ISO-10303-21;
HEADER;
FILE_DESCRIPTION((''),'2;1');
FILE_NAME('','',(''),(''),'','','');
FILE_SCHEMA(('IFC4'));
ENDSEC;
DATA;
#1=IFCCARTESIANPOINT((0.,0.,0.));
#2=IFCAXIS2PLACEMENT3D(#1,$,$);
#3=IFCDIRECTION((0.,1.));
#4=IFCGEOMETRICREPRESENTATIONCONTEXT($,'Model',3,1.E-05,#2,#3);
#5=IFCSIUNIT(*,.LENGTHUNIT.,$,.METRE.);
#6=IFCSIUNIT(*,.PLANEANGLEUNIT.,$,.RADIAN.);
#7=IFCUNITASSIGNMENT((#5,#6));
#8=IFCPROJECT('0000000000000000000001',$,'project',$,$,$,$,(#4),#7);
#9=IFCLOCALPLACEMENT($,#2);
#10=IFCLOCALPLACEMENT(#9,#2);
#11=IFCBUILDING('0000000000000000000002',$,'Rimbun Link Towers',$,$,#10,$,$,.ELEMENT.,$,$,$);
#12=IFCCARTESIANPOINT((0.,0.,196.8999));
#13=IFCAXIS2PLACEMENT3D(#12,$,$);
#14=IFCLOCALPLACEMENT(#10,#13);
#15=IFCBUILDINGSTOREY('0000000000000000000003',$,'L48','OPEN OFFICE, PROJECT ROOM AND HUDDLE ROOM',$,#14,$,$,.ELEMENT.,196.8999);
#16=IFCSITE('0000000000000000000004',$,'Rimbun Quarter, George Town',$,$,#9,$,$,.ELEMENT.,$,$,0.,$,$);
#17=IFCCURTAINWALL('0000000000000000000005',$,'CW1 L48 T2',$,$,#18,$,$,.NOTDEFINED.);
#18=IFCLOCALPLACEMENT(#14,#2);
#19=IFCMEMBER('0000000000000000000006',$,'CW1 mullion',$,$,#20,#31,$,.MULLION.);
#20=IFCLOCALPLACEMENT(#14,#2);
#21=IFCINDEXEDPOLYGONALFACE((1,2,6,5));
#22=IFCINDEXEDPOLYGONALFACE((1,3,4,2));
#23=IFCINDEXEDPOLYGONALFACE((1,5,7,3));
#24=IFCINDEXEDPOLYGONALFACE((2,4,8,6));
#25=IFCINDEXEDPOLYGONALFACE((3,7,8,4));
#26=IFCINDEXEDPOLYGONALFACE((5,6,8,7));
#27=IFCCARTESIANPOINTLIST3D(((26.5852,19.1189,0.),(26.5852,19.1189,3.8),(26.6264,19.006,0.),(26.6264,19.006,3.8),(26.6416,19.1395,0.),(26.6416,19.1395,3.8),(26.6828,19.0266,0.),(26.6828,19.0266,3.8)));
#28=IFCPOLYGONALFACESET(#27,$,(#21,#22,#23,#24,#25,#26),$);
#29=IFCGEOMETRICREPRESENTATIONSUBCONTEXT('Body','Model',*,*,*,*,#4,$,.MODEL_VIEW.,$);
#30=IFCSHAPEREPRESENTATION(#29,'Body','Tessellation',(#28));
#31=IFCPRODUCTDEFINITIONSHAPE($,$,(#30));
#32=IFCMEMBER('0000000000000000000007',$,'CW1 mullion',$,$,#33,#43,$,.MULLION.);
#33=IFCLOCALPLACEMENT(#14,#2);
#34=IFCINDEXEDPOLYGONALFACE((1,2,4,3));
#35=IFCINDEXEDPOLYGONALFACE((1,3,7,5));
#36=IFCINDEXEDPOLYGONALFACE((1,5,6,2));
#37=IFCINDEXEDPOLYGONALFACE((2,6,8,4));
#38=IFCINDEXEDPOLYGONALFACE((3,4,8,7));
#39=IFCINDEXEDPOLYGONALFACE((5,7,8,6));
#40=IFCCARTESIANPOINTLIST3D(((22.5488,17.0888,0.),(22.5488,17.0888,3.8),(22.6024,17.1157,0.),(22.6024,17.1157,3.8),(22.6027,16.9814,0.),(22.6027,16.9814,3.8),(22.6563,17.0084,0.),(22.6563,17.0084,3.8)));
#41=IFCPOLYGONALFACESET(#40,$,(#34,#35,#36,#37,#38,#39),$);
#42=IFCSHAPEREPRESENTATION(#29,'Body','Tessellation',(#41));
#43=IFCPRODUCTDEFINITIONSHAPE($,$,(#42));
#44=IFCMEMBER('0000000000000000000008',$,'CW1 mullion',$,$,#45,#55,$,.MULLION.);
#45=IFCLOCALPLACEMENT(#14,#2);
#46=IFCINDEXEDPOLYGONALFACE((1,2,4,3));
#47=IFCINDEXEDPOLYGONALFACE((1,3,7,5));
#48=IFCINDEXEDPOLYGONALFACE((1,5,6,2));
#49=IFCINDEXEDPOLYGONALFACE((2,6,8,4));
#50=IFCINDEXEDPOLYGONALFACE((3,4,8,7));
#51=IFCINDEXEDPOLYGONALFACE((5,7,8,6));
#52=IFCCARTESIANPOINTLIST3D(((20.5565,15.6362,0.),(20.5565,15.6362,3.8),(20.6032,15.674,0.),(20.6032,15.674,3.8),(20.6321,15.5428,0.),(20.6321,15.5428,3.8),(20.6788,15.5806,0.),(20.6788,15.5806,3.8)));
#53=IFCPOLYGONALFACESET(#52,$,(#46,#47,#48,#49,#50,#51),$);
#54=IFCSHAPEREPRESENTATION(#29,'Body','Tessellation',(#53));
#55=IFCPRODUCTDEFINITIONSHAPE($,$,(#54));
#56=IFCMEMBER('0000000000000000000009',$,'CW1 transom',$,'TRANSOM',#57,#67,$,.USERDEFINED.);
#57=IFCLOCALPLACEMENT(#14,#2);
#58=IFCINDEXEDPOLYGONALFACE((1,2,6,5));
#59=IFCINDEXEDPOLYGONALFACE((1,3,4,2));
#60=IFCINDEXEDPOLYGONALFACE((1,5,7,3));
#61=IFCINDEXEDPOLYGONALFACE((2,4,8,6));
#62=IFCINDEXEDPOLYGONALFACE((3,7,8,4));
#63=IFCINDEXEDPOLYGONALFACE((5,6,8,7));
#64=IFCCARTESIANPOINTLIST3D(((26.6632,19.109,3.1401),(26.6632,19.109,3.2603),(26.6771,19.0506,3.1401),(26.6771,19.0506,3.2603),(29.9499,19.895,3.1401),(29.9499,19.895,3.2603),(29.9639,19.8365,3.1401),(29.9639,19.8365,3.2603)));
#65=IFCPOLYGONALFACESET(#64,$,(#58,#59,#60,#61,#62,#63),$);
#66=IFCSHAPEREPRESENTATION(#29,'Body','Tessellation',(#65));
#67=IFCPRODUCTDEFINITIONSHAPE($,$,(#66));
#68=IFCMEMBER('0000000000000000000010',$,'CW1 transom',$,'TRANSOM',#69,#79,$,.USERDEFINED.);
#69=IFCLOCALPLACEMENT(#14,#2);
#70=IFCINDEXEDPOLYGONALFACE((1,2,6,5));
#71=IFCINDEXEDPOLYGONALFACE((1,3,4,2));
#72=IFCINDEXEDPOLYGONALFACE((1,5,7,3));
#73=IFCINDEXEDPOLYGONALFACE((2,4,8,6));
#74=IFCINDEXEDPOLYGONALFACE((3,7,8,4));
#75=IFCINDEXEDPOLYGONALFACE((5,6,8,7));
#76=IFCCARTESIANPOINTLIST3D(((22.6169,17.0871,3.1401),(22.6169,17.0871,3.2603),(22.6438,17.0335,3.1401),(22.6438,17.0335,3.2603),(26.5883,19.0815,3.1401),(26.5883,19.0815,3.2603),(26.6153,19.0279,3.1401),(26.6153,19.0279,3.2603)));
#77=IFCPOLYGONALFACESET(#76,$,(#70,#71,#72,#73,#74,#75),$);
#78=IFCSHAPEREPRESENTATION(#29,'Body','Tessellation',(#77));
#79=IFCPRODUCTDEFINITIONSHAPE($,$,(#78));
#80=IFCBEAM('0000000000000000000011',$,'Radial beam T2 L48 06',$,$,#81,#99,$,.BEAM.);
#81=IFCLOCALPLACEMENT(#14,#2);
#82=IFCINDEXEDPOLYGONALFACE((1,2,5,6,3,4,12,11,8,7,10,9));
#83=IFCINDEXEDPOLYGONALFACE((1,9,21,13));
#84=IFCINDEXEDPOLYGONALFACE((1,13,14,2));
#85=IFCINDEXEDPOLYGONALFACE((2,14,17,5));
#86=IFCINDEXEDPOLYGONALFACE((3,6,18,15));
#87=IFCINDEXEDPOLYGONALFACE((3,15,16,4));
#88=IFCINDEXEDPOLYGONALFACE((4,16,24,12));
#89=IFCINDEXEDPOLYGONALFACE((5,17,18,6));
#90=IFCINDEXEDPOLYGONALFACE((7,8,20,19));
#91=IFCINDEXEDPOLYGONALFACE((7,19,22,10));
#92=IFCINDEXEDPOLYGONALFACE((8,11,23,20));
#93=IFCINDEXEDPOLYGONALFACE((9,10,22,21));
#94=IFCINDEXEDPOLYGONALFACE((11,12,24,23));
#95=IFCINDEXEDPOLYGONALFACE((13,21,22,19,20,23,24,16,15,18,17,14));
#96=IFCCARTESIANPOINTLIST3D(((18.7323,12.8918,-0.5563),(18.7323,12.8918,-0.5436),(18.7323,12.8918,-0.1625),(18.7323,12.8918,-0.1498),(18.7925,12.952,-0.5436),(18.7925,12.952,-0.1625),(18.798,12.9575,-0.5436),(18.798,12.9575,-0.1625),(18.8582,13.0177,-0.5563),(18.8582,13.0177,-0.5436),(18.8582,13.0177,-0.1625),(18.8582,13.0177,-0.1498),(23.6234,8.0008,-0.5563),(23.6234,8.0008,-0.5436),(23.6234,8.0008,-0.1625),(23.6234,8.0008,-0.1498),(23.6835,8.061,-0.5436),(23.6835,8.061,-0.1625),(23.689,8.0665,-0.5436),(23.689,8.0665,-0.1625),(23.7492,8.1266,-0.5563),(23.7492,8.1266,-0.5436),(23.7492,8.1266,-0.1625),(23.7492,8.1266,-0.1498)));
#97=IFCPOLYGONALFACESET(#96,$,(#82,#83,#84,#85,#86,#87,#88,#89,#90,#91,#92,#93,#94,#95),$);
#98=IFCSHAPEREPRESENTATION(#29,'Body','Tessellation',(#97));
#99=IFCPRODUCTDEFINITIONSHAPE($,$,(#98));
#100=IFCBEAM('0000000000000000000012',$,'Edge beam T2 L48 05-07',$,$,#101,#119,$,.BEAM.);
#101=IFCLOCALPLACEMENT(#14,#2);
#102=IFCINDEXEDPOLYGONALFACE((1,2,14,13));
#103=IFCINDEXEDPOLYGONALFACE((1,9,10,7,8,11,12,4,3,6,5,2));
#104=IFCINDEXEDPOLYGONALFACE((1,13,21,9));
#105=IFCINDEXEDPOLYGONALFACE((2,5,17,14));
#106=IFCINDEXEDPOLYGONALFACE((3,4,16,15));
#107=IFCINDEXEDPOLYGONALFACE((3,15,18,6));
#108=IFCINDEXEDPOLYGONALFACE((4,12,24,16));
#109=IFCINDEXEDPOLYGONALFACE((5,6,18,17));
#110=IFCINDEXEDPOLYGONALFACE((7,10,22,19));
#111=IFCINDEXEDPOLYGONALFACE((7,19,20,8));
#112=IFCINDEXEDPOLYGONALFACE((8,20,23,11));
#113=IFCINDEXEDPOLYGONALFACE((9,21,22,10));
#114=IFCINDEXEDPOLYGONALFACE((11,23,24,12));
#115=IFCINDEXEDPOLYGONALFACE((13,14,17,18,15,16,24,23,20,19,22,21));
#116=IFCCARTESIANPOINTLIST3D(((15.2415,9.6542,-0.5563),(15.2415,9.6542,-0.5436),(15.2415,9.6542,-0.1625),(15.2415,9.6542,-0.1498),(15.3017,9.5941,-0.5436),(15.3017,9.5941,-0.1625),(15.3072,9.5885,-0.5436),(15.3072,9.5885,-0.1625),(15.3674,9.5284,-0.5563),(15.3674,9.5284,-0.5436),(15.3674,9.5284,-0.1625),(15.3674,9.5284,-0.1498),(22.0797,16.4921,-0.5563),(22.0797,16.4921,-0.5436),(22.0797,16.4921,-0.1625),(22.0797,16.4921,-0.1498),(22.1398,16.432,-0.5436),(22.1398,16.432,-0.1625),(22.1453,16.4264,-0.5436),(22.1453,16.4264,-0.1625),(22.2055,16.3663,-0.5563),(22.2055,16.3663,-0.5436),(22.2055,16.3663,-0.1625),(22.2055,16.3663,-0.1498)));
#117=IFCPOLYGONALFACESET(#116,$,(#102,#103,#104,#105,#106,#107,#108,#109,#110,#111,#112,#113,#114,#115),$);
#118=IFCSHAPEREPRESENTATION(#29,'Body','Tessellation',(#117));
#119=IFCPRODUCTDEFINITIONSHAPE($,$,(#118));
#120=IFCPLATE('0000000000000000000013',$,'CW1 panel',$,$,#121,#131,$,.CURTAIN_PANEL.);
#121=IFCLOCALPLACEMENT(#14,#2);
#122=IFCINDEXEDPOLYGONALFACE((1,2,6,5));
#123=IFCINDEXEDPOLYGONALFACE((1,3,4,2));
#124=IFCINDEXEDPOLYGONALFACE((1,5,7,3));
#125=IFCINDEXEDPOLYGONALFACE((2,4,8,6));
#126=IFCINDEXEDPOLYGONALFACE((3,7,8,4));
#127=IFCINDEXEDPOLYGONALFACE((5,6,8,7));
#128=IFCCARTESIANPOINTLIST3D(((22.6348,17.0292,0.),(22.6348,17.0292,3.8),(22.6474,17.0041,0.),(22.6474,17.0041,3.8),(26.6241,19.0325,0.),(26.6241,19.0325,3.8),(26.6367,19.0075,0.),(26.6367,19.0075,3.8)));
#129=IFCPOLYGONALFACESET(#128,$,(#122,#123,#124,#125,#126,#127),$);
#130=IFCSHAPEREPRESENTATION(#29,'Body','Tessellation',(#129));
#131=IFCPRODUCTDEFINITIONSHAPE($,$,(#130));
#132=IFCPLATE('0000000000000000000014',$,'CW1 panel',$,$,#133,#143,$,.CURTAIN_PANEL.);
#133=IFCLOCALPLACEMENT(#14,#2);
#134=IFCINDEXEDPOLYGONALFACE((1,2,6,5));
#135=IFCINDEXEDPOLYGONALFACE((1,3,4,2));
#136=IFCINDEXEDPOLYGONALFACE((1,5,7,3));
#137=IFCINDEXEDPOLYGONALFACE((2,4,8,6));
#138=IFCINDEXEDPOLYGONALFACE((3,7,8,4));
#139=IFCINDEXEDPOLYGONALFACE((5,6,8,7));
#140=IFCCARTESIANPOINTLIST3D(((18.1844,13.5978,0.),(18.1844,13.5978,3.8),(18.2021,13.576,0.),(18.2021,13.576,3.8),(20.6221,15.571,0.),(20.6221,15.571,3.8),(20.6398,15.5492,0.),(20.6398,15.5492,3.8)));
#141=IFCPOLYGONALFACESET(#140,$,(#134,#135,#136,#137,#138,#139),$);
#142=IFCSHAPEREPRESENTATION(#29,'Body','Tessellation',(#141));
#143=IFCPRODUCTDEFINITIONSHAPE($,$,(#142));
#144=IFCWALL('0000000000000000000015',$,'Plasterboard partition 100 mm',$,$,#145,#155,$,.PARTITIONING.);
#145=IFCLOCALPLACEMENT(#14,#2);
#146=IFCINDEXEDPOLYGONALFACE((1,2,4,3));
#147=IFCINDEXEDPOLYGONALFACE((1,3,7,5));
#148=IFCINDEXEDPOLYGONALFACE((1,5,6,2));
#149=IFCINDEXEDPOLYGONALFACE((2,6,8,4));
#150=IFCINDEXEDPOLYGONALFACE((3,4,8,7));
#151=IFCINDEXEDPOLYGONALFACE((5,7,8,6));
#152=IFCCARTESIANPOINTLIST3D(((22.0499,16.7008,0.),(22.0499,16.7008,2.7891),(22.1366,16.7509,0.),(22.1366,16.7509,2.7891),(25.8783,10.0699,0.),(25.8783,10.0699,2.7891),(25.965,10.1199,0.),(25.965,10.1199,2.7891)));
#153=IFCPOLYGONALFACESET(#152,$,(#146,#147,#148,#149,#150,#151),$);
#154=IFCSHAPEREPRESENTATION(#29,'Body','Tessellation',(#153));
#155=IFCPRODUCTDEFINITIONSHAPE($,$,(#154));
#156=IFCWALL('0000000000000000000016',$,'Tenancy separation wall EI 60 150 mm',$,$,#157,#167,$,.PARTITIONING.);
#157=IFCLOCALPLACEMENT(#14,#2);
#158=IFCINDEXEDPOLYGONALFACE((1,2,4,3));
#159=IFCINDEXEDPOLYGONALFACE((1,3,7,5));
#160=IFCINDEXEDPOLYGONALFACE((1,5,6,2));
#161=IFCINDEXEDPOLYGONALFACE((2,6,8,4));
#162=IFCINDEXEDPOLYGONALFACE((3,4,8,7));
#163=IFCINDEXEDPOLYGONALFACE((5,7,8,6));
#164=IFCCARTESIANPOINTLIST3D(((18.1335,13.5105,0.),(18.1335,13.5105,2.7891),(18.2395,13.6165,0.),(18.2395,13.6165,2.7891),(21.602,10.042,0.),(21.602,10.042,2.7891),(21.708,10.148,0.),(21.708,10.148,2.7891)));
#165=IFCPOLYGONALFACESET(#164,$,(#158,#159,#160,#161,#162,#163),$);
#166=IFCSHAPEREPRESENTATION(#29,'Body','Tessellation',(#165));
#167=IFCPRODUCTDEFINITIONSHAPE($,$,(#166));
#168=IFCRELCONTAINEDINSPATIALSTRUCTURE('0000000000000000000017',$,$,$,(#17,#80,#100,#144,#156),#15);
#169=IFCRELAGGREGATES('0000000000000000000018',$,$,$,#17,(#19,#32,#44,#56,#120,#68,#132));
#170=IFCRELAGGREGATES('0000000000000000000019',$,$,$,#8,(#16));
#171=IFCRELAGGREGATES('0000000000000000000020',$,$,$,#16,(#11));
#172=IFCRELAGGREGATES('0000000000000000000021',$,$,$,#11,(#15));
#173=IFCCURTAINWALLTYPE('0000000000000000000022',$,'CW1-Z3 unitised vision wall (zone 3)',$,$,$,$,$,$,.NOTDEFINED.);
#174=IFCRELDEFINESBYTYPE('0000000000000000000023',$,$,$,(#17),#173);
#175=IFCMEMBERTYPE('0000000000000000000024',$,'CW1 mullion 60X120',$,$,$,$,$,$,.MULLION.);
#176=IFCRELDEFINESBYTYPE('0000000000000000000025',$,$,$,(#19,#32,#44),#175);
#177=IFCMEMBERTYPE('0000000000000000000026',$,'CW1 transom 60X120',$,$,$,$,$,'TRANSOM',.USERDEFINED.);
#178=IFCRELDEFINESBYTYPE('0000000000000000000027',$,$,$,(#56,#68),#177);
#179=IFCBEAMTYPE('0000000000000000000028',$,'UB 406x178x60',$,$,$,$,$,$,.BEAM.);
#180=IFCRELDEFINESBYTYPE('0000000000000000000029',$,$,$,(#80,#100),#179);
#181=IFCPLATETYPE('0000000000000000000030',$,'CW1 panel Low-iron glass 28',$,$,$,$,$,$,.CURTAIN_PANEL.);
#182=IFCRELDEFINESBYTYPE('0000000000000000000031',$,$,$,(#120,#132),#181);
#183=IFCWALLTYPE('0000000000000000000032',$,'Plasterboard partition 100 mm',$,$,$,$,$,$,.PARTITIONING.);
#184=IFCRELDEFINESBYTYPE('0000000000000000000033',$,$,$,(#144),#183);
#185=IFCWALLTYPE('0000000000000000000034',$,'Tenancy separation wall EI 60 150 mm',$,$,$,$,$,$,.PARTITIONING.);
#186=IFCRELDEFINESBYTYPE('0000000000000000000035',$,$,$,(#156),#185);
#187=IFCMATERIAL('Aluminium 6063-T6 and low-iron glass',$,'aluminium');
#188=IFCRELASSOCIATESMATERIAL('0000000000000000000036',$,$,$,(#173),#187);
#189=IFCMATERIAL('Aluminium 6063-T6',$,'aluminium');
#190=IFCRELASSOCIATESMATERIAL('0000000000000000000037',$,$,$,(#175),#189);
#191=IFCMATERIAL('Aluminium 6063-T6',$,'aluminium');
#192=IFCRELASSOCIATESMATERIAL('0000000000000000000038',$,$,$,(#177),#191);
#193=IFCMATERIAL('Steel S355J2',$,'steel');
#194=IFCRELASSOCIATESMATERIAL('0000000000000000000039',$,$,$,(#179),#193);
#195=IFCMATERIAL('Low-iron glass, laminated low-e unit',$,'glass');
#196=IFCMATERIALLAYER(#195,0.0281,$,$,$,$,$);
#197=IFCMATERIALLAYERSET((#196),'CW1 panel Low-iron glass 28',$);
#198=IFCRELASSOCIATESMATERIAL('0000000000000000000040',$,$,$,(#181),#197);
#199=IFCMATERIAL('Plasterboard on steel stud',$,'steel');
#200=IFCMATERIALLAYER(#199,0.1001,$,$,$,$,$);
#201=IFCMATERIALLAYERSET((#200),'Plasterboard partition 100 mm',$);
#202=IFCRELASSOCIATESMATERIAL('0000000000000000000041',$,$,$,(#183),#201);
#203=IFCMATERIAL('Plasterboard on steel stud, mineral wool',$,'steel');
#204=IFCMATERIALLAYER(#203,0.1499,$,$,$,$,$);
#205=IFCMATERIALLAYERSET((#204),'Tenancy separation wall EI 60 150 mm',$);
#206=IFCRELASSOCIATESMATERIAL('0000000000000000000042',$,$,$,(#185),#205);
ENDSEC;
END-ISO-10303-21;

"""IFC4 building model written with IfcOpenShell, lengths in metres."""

from ifc_helpers import new_model, si_unit, direction, frame, frame_2d, origin, origin_2d, place, context, subcontext, project, spatial, rectangle, i_section, extrude, material, layer, layer_set, material_profile, profile_set, type_object, element, aggregate, save


model = new_model("IFC4")

# Units and contexts
model_context = context("Model", 3, precision=1e-05, world=origin(), true_north=direction((0.0, 1.0)))
body_context = subcontext(model_context, "Body", "Model", "MODEL_VIEW")
ifc_project = project(units=[si_unit("LENGTHUNIT", "METRE"), si_unit("PLANEANGLEUNIT", "RADIAN")], contexts=[model_context])

# Site, building, storey
site_placement = place(None, origin())
site = spatial("IfcSite", under=ifc_project, at=site_placement, Name="Rimbun Quarter, George Town", CompositionType="ELEMENT", RefElevation=0.0)
building_placement = place(site_placement, origin())
building = spatial("IfcBuilding", under=site, at=building_placement, Name="Rimbun Link Towers", CompositionType="ELEMENT")
storey_placement = place(building_placement, frame((0.0, 0.0, 196.8999)))
storey = spatial("IfcBuildingStorey", under=building, at=storey_placement, Name="L48", Description="OPEN OFFICE, PROJECT ROOM AND HUDDLE ROOM", CompositionType="ELEMENT", Elevation=196.8999)

# Curtain wall, members
ifc_material_1 = material(Name="Aluminium 6063-T6 and low-iron glass", Category="aluminium")
curtain_wall_type = type_object("IfcCurtainWallType", Name="CW1-Z3 unitised vision wall (zone 3)", PredefinedType="NOTDEFINED", material=ifc_material_1)
curtain_wall_placement = place(storey_placement, origin())
curtain_wall = element("IfcCurtainWall", 1, at=curtain_wall_placement, inside=storey, type_object=curtain_wall_type, Name="CW1 L48 T2", PredefinedType="NOTDEFINED")
ifc_material_2 = material(Name="Aluminium 6063-T6", Category="aluminium")
ifc_material_profile_1 = material_profile(ifc_material_2, rectangle(XDim=0.1201, YDim=0.0601, at=origin_2d()), Name="MULLION 60X120")
ifc_profile_set_1 = profile_set([ifc_material_profile_1], Name="Aluminium 6063-T6")
member_type_1 = type_object("IfcMemberType", Name="CW1 mullion 60X120", PredefinedType="MULLION", material=ifc_profile_set_1)
member_1_placement = place(storey_placement, frame((26.634, 19.0728, 0.0), z_axis=(0.0, 0.0, 1.0), x_axis=(-0.342972, 0.939346, 0.0)))
member_1 = element("IfcMember", 2, at=member_1_placement, type_object=member_type_1, Name="CW1 mullion", PredefinedType="MULLION", context=body_context, shape_type="SweptSolid", body=[
    extrude(rectangle(XDim=0.1201, YDim=0.0601, at=origin_2d()), origin(), (0.0, 0.0, 1.0), 3.8),
])
member_2_placement = place(storey_placement, frame((22.6025, 17.0486, 0.0), z_axis=(0.0, 0.0, 1.0), x_axis=(-0.448772, 0.893646, 0.0)))
member_2 = element("IfcMember", 3, at=member_2_placement, type_object=member_type_1, Name="CW1 mullion", PredefinedType="MULLION", context=body_context, shape_type="SweptSolid", body=[
    extrude(rectangle(XDim=0.1201, YDim=0.0601, at=origin_2d()), origin(), (0.0, 0.0, 1.0), 3.8),
])
member_3_placement = place(storey_placement, frame((20.6177, 15.6084, 0.0), z_axis=(0.0, 0.0, 1.0), x_axis=(-0.629156, 0.777279, 0.0)))
member_3 = element("IfcMember", 4, at=member_3_placement, type_object=member_type_1, Name="CW1 mullion", PredefinedType="MULLION", context=body_context, shape_type="SweptSolid", body=[
    extrude(rectangle(XDim=0.1201, YDim=0.0601, at=origin_2d()), origin(), (0.0, 0.0, 1.0), 3.8),
])
ifc_material_3 = material(Name="Aluminium 6063-T6", Category="aluminium")
ifc_material_profile_2 = material_profile(ifc_material_3, rectangle(XDim=0.0601, YDim=0.1201, at=origin_2d()), Name="TRANSOM 60X120")
ifc_profile_set_2 = profile_set([ifc_material_profile_2], Name="Aluminium 6063-T6")
member_type_2 = type_object("IfcMemberType", Name="CW1 transom 60X120", ElementType="TRANSOM", PredefinedType="USERDEFINED", material=ifc_profile_set_2)
member_4_placement = place(storey_placement, frame((26.6702, 19.0798, 3.2002), z_axis=(0.972582, 0.232561, 0.0), x_axis=(-0.232561, 0.972582, 0.0)))
member_4 = element("IfcMember", 5, at=member_4_placement, type_object=member_type_2, Name="CW1 transom", ObjectType="TRANSOM", PredefinedType="USERDEFINED", context=body_context, shape_type="SweptSolid", body=[
    extrude(rectangle(XDim=0.0601, YDim=0.1201, at=origin_2d()), origin(), (0.0, 0.0, 1.0), 3.3794),
])
member_5_placement = place(storey_placement, frame((22.6304, 17.0603, 3.2002), z_axis=(0.893646, 0.448773, 0.0), x_axis=(-0.448773, 0.893646, 0.0)))
member_5 = element("IfcMember", 6, at=member_5_placement, type_object=member_type_2, Name="CW1 transom", ObjectType="TRANSOM", PredefinedType="USERDEFINED", context=body_context, shape_type="SweptSolid", body=[
    extrude(rectangle(XDim=0.0601, YDim=0.1201, at=origin_2d()), origin(), (0.0, 0.0, 1.0), 4.4441),
])

# Beams
ifc_material_4 = material(Name="Steel S355J2", Category="steel")
ifc_material_profile_3 = material_profile(ifc_material_4, i_section(OverallWidth=0.178, OverallDepth=0.4065, WebThickness=0.0078, FlangeThickness=0.0127, at=origin_2d()), Name="UB 406x178x60")
ifc_profile_set_3 = profile_set([ifc_material_profile_3], Name="Steel S355J2")
beam_type = type_object("IfcBeamType", Name="UB 406x178x60", PredefinedType="BEAM", material=ifc_profile_set_3)
beam_1_placement = place(storey_placement, frame((23.6863, 8.0637, -0.353), z_axis=(-0.707107, 0.707107, 0.0), x_axis=(-0.707107, -0.707107, 0.0)))
element("IfcBeam", 7, at=beam_1_placement, inside=storey, type_object=beam_type, Name="Radial beam T2 L48 06", PredefinedType="BEAM", context=body_context, shape_type="SweptSolid", body=[
    extrude(i_section(OverallWidth=0.178, OverallDepth=0.4065, WebThickness=0.0078, FlangeThickness=0.0127, at=origin_2d()), origin(), (0.0, 0.0, 1.0), 6.917),
])
beam_2_placement = place(storey_placement, frame((22.1426, 16.4292, -0.353), z_axis=(-0.707119, -0.707094, 0.0), x_axis=(0.707094, -0.707119, 0.0)))
element("IfcBeam", 8, at=beam_2_placement, inside=storey, type_object=beam_type, Name="Edge beam T2 L48 05-07", PredefinedType="BEAM", context=body_context, shape_type="SweptSolid", body=[
    extrude(i_section(OverallWidth=0.178, OverallDepth=0.4065, WebThickness=0.0078, FlangeThickness=0.0127, at=origin_2d()), origin(), (0.0, 0.0, 1.0), 9.6704),
])

# Plates
ifc_material_5 = material(Name="Low-iron glass, laminated low-e unit", Category="glass")
ifc_layer_1 = layer(ifc_material_5, 0.0281)
ifc_layer_set_1 = layer_set([ifc_layer_1], Name="CW1 panel Low-iron glass 28")
plate_type = type_object("IfcPlateType", Name="CW1 panel Low-iron glass 28", PredefinedType="CURTAIN_PANEL", material=ifc_layer_set_1)
plate_1_placement = place(storey_placement, frame((24.6357, 18.0183, 0.0), z_axis=(0.0, 0.0, 1.0), x_axis=(0.893646, 0.448772, 0.0)))
plate_1 = element("IfcPlate", 9, at=plate_1_placement, type_object=plate_type, Name="CW1 panel", PredefinedType="CURTAIN_PANEL", context=body_context, shape_type="SweptSolid", body=[
    extrude(rectangle(XDim=4.4641, YDim=0.0281, at=origin_2d()), origin(), (0.0, 0.0, 1.0), 3.8),
])
plate_2_placement = place(storey_placement, frame((19.4121, 14.5735, 0.0), z_axis=(0.0, 0.0, 1.0), x_axis=(0.777279, 0.629156, 0.0)))
plate_2 = element("IfcPlate", 10, at=plate_2_placement, type_object=plate_type, Name="CW1 panel", PredefinedType="CURTAIN_PANEL", context=body_context, shape_type="SweptSolid", body=[
    extrude(rectangle(XDim=3.1362, YDim=0.0281, at=origin_2d()), origin(), (0.0, 0.0, 1.0), 3.8),
])
aggregate(curtain_wall, [member_1, member_2, member_3, member_4, plate_1, member_5, plate_2])

# Walls
ifc_material_6 = material(Name="Plasterboard on steel stud", Category="steel")
ifc_layer_2 = layer(ifc_material_6, 0.1001)
ifc_layer_set_2 = layer_set([ifc_layer_2], Name="Plasterboard partition 100 mm")
wall_type_1 = type_object("IfcWallType", Name="Plasterboard partition 100 mm", PredefinedType="PARTITIONING", material=ifc_layer_set_2)
wall_1_placement = place(storey_placement, frame((22.0933, 16.7258, 0.0), z_axis=(0.0, 0.0, 1.0), x_axis=(0.500004, -0.866023, 0.0)))
element("IfcWall", 11, at=wall_1_placement, inside=storey, type_object=wall_type_1, Name="Plasterboard partition 100 mm", PredefinedType="PARTITIONING", context=body_context, shape_type="SweptSolid", body=[
    extrude(rectangle(XDim=7.6567, YDim=0.1001, at=frame_2d((3.8284, 0.0))), origin(), (0.0, 0.0, 1.0), 2.7891),
])
ifc_material_7 = material(Name="Plasterboard on steel stud, mineral wool", Category="steel")
ifc_layer_3 = layer(ifc_material_7, 0.1499)
ifc_layer_set_3 = layer_set([ifc_layer_3], Name="Tenancy separation wall EI 60 150 mm")
wall_type_2 = type_object("IfcWallType", Name="Tenancy separation wall EI 60 150 mm", PredefinedType="PARTITIONING", material=ifc_layer_set_3)
wall_2_placement = place(storey_placement, frame((21.655, 10.095, 0.0), z_axis=(0.0, 0.0, 1.0), x_axis=(-0.707107, 0.707107, 0.0)))
element("IfcWall", 12, at=wall_2_placement, inside=storey, type_object=wall_type_2, Name="Tenancy separation wall EI 60 150 mm", PredefinedType="PARTITIONING", context=body_context, shape_type="SweptSolid", body=[
    extrude(rectangle(XDim=4.9053, YDim=0.1499, at=frame_2d((2.4526, 0.0))), origin(), (0.0, 0.0, 1.0), 2.7891),
])

save(model, "model.ifc")
